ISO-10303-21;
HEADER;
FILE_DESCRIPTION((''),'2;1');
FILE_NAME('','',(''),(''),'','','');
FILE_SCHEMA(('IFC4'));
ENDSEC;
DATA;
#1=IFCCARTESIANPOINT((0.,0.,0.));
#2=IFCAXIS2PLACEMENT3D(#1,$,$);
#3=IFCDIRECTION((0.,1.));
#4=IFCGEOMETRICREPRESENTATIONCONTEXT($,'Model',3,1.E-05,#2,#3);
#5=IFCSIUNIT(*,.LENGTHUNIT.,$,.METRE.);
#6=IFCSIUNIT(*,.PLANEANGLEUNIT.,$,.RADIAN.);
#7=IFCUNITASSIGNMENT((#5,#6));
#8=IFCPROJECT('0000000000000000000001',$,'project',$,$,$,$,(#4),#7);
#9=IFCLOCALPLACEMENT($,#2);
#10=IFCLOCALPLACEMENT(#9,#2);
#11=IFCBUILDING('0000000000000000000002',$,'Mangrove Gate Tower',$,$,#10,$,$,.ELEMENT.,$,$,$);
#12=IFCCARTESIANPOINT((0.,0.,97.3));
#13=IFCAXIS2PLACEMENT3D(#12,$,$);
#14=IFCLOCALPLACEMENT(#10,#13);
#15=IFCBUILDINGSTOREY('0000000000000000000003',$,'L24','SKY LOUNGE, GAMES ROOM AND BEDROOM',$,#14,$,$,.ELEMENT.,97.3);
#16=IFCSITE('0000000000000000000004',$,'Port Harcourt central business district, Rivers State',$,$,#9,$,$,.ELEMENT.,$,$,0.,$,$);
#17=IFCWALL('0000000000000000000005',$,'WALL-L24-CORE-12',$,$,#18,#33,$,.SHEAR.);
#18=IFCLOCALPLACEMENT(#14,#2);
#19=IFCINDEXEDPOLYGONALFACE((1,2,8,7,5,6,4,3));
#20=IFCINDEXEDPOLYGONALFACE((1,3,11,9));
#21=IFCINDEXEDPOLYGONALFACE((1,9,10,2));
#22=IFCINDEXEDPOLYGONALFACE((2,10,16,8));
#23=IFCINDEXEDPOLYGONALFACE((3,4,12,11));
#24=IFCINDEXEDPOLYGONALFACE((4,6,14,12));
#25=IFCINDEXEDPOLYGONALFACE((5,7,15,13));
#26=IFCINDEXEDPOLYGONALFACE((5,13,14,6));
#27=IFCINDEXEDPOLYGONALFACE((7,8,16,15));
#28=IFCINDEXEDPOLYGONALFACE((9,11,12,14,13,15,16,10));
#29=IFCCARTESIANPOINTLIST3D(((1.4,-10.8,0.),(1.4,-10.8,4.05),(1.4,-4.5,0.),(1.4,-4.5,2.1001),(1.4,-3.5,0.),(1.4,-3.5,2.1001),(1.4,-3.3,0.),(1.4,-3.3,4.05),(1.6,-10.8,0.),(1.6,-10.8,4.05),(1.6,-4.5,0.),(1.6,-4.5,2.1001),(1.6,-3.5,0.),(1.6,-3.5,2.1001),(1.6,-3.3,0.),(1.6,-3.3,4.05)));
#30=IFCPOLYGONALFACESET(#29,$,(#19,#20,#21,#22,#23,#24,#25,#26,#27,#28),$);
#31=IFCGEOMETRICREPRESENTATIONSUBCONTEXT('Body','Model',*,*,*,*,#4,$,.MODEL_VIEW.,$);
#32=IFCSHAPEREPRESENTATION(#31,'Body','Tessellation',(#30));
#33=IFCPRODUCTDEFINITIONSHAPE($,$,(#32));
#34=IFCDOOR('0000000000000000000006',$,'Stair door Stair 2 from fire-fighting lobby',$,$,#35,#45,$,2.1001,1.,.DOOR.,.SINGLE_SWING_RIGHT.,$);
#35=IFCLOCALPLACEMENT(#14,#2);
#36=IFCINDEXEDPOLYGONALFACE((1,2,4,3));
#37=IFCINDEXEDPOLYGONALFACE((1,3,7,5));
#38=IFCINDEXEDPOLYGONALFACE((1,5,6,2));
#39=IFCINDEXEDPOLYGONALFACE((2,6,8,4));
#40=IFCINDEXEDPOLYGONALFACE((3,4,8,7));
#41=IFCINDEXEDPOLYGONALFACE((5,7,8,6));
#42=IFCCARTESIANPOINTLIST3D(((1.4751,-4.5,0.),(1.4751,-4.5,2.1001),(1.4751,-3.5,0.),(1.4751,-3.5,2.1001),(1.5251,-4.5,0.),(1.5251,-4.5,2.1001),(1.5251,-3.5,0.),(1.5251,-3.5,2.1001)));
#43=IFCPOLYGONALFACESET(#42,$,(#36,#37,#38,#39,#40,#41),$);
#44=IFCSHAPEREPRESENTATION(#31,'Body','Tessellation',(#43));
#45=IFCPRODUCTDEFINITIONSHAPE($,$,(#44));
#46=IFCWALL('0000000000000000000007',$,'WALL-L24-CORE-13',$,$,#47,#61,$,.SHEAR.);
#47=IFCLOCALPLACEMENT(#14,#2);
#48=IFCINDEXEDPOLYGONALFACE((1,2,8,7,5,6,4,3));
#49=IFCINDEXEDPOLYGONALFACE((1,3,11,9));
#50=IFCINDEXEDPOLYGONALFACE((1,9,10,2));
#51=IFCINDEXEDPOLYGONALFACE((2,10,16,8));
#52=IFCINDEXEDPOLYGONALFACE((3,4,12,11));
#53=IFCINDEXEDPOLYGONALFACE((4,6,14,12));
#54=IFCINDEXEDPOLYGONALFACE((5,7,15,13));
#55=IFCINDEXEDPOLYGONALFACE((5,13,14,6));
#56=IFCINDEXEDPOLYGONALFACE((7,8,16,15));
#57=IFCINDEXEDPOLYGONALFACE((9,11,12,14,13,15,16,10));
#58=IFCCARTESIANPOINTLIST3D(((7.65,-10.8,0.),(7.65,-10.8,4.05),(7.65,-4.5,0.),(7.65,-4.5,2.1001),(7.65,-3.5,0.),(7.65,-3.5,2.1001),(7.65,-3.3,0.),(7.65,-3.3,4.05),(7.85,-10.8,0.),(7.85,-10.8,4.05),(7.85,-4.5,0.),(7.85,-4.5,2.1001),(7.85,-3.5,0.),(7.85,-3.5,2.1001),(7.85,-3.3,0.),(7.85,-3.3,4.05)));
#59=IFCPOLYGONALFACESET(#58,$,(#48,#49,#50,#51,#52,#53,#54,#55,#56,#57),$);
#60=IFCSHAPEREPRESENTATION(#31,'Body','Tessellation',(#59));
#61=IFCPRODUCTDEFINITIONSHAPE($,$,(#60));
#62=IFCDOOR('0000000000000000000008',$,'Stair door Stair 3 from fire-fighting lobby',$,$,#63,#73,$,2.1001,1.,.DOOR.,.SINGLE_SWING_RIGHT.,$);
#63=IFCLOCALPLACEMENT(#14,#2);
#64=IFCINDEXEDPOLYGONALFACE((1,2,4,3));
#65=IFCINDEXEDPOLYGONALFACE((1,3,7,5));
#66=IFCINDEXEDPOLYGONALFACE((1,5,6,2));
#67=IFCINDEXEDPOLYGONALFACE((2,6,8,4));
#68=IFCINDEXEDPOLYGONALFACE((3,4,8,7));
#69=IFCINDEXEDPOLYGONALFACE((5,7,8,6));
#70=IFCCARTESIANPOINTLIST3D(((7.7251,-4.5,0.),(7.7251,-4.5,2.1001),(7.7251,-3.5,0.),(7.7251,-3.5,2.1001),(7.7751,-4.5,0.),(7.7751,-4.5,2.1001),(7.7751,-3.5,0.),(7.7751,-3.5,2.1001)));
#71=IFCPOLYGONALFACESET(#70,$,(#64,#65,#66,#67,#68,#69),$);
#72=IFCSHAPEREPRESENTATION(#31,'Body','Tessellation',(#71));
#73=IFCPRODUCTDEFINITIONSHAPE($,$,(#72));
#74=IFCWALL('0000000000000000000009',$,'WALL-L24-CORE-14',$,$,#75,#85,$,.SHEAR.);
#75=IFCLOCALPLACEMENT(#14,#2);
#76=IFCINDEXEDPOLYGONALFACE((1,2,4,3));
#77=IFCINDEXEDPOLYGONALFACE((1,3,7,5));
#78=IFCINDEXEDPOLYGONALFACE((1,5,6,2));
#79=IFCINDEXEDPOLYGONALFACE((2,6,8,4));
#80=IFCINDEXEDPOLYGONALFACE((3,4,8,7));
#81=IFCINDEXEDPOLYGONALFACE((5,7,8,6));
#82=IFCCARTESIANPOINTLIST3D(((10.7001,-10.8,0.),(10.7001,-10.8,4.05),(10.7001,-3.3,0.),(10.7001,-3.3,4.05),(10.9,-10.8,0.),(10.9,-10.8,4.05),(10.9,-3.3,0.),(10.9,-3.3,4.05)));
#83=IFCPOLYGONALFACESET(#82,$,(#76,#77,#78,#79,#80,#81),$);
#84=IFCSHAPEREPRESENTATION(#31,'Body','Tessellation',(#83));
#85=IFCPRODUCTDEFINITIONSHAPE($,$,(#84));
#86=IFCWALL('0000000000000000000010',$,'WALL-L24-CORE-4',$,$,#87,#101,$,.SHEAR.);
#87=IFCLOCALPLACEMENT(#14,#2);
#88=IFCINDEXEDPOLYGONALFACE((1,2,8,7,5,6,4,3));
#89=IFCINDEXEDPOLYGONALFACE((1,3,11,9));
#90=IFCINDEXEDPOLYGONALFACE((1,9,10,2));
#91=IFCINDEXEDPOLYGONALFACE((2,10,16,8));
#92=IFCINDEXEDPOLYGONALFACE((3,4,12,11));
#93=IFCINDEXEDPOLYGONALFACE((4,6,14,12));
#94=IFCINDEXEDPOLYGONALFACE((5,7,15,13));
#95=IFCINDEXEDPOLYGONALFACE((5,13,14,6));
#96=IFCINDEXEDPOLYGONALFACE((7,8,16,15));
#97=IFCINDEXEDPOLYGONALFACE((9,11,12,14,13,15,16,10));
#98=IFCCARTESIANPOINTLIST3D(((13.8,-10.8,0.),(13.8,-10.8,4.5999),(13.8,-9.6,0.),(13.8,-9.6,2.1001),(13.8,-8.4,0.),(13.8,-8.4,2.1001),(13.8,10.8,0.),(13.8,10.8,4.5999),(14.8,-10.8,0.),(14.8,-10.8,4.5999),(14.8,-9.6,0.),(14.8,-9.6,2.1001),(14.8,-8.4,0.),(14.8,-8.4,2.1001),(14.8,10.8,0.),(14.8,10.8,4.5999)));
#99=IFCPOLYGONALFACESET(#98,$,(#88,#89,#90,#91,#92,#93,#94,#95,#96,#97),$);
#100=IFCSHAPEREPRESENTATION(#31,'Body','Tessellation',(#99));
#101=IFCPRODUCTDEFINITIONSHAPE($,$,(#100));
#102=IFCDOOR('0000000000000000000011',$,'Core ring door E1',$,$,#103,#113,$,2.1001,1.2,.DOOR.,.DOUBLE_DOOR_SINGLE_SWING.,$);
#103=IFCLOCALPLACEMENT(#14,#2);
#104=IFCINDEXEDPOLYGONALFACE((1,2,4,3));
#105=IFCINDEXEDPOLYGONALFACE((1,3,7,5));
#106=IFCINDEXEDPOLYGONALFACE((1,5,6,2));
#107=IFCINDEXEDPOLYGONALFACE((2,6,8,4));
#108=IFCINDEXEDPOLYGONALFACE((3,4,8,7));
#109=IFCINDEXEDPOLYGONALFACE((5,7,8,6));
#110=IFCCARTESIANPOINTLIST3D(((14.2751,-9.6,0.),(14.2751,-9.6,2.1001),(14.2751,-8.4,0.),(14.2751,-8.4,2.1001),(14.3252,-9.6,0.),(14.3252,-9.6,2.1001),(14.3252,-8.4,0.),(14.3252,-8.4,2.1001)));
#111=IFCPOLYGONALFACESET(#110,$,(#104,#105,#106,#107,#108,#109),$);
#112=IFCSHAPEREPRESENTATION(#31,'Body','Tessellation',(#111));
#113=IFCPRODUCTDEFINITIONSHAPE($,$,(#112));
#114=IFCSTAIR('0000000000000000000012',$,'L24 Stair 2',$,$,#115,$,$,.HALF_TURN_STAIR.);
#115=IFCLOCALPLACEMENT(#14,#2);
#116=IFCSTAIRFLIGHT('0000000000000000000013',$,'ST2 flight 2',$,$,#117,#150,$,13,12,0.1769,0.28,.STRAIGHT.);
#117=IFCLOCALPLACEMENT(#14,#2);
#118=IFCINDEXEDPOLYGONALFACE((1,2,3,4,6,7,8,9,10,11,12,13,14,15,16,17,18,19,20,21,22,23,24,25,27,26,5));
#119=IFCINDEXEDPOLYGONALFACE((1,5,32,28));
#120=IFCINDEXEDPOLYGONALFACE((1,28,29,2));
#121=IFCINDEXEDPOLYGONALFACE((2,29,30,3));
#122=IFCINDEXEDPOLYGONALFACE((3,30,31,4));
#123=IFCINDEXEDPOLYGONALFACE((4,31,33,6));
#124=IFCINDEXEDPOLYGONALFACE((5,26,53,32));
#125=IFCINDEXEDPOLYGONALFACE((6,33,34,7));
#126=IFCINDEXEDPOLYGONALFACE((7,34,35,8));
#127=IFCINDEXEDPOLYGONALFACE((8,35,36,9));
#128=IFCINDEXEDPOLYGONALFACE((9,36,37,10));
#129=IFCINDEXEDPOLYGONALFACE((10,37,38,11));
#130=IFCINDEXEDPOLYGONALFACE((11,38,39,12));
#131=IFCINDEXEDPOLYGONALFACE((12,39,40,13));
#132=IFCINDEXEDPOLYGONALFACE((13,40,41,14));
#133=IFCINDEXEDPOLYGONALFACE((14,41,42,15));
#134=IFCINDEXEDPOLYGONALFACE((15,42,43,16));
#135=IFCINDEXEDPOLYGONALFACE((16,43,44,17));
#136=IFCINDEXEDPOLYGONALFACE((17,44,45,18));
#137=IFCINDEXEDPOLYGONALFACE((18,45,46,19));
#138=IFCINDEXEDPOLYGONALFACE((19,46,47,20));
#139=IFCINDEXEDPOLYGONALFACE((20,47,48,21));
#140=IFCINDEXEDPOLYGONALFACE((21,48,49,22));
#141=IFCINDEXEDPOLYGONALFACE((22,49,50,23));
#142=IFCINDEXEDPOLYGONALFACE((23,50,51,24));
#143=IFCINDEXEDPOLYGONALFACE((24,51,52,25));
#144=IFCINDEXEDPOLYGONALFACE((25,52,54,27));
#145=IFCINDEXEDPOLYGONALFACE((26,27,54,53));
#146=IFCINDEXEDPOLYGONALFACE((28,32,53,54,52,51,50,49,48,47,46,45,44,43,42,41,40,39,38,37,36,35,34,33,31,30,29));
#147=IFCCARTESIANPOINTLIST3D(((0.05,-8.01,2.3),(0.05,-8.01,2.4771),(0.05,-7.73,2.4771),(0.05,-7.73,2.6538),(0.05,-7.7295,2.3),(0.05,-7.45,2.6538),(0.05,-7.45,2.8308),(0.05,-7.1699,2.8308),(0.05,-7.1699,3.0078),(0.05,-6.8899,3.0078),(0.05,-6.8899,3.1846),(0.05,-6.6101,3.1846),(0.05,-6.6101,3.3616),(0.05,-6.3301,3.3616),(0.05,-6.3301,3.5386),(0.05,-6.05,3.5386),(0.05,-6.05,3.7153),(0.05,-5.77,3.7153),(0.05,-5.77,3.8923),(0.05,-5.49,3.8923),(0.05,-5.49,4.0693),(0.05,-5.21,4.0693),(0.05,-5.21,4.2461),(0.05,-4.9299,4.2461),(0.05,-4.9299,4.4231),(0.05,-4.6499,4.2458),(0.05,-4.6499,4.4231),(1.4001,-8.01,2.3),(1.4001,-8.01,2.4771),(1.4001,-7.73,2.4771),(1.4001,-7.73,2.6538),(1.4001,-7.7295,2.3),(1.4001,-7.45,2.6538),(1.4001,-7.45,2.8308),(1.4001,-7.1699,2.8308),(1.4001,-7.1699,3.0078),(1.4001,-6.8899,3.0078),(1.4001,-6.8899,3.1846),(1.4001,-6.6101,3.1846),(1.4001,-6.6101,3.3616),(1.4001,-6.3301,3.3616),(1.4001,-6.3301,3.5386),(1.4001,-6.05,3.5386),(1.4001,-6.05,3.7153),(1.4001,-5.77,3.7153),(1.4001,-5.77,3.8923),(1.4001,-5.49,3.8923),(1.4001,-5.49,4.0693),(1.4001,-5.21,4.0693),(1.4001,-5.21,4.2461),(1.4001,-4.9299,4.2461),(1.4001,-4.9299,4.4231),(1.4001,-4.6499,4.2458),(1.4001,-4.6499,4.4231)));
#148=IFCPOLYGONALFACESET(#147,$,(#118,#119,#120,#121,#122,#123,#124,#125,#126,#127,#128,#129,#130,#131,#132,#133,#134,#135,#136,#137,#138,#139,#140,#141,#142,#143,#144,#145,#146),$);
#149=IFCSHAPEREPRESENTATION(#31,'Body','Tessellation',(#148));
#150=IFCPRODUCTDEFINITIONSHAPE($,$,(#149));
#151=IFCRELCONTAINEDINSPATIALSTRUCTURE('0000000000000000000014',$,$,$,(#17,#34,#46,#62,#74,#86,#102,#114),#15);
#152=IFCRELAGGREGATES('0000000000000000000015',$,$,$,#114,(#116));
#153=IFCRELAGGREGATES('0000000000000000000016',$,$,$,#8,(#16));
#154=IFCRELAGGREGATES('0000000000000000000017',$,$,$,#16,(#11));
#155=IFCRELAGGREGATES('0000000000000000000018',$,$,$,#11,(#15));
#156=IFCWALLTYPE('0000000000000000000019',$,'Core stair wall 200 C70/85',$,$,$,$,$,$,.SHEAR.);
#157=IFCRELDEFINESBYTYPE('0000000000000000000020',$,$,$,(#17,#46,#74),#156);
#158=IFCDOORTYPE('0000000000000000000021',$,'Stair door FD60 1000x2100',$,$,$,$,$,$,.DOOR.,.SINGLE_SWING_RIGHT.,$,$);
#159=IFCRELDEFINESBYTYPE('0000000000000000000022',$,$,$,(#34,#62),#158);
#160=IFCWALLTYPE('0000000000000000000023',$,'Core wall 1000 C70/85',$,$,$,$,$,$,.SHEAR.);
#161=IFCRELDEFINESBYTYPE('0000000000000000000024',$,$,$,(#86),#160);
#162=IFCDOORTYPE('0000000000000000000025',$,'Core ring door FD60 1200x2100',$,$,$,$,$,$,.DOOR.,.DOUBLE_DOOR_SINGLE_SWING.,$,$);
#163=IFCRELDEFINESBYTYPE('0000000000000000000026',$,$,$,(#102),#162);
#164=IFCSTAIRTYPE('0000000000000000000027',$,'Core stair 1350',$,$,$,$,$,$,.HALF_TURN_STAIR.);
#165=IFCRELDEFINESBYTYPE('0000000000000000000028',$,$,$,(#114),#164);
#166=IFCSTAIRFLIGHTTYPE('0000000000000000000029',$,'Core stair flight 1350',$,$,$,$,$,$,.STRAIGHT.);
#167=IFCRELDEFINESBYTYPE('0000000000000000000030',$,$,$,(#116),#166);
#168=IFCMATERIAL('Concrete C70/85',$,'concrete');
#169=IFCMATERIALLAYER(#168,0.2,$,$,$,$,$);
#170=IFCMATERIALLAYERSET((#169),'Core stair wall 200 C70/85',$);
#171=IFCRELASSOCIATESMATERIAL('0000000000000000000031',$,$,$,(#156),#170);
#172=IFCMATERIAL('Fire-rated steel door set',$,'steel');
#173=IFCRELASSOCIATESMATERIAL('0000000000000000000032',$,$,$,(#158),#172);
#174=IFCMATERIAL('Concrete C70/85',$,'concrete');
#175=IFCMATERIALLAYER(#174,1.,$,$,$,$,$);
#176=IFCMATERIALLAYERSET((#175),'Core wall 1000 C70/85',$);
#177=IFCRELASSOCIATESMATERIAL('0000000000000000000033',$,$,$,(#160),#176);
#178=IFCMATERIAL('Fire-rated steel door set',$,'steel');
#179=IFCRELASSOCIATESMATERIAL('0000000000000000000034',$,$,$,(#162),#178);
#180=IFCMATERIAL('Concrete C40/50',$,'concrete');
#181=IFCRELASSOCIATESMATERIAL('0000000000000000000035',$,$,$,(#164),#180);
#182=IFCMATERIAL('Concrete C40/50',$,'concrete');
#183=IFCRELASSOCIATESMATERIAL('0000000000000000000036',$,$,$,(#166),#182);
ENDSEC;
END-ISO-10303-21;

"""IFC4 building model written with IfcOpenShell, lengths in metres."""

from ifc_helpers import new_model, si_unit, direction, frame, frame_2d, origin, place, context, subcontext, project, spatial, polyline, rectangle, outline, extrude, material, layer, layer_set, type_object, element, fill, aggregate, save


model = new_model("IFC4")

# Units and contexts
model_context = context("Model", 3, precision=1e-05, world=origin(), true_north=direction((0.0, 1.0)))
body_context = subcontext(model_context, "Body", "Model", "MODEL_VIEW")
ifc_project = project(units=[si_unit("LENGTHUNIT", "METRE"), si_unit("PLANEANGLEUNIT", "RADIAN")], contexts=[model_context])

# Site, building, storey
site_placement = place(None, origin())
site = spatial("IfcSite", under=ifc_project, at=site_placement, Name="Port Harcourt central business district, Rivers State", CompositionType="ELEMENT", RefElevation=0.0)
building_placement = place(site_placement, origin())
building = spatial("IfcBuilding", under=site, at=building_placement, Name="Mangrove Gate Tower", CompositionType="ELEMENT")
storey_placement = place(building_placement, frame((0.0, 0.0, 97.3)))
storey = spatial("IfcBuildingStorey", under=building, at=storey_placement, Name="L24", Description="SKY LOUNGE, GAMES ROOM AND BEDROOM", CompositionType="ELEMENT", Elevation=97.3)

# Walls, openings, doors
ifc_material_1 = material(Name="Concrete C70/85", Category="concrete")
ifc_layer_1 = layer(ifc_material_1, 0.2)
ifc_layer_set_1 = layer_set([ifc_layer_1], Name="Core stair wall 200 C70/85")
wall_type_1 = type_object("IfcWallType", Name="Core stair wall 200 C70/85", PredefinedType="SHEAR", material=ifc_layer_set_1)
wall_1_placement = place(storey_placement, frame((1.5, -10.8, 0.0), z_axis=(0.0, 0.0, 1.0), x_axis=(0.0, 1.0, 0.0)))
wall_1 = element("IfcWall", 1, at=wall_1_placement, inside=storey, type_object=wall_type_1, Name="WALL-L24-CORE-12", PredefinedType="SHEAR", context=body_context, shape_type="SweptSolid", body=[
    extrude(rectangle(XDim=7.5, YDim=0.2, at=frame_2d((3.75, 0.0))), origin(), (0.0, 0.0, 1.0), 4.05),
])
opening_1_placement = place(wall_1_placement, frame((6.3, 0.0, 0.0)))
opening_1 = element("IfcOpeningElement", 2, at=opening_1_placement, cuts=wall_1, PredefinedType="OPENING", context=body_context, shape_type="SweptSolid", body=[
    extrude(rectangle(XDim=1.0, YDim=2.1001, at=frame_2d((0.5, 1.05))), frame((0.0, 0.1099, 0.0), z_axis=(0.0, -1.0, 0.0), x_axis=(1.0, 0.0, 0.0)), (0.0, 0.0, 1.0), 0.22),
])
ifc_material_2 = material(Name="Fire-rated steel door set", Category="steel")
door_type_1 = type_object("IfcDoorType", Name="Stair door FD60 1000x2100", OperationType="SINGLE_SWING_RIGHT", PredefinedType="DOOR", material=ifc_material_2)
door_1_placement = place(opening_1_placement, origin())
door_1 = element("IfcDoor", 3, at=door_1_placement, inside=storey, type_object=door_type_1, Name="Stair door Stair 2 from fire-fighting lobby", OperationType="SINGLE_SWING_RIGHT", OverallHeight=2.1001, OverallWidth=1.0, PredefinedType="DOOR", context=body_context, shape_type="SweptSolid", body=[
    extrude(rectangle(XDim=1.0, YDim=2.1001, at=frame_2d((0.5, 1.05))), frame((0.0, 0.0249, 0.0), z_axis=(0.0, -1.0, 0.0), x_axis=(1.0, 0.0, 0.0)), (0.0, 0.0, 1.0), 0.05),
])
fill(opening_1, door_1)
wall_2_placement = place(storey_placement, frame((7.75, -10.8, 0.0), z_axis=(0.0, 0.0, 1.0), x_axis=(0.0, 1.0, 0.0)))
wall_2 = element("IfcWall", 4, at=wall_2_placement, inside=storey, type_object=wall_type_1, Name="WALL-L24-CORE-13", PredefinedType="SHEAR", context=body_context, shape_type="SweptSolid", body=[
    extrude(rectangle(XDim=7.5, YDim=0.2, at=frame_2d((3.75, 0.0))), origin(), (0.0, 0.0, 1.0), 4.05),
])
opening_2_placement = place(wall_2_placement, frame((6.3, 0.0, 0.0)))
opening_2 = element("IfcOpeningElement", 5, at=opening_2_placement, cuts=wall_2, PredefinedType="OPENING", context=body_context, shape_type="SweptSolid", body=[
    extrude(rectangle(XDim=1.0, YDim=2.1001, at=frame_2d((0.5, 1.05))), frame((0.0, 0.1099, 0.0), z_axis=(0.0, -1.0, 0.0), x_axis=(1.0, 0.0, 0.0)), (0.0, 0.0, 1.0), 0.22),
])
door_2_placement = place(opening_2_placement, origin())
door_2 = element("IfcDoor", 6, at=door_2_placement, inside=storey, type_object=door_type_1, Name="Stair door Stair 3 from fire-fighting lobby", OperationType="SINGLE_SWING_RIGHT", OverallHeight=2.1001, OverallWidth=1.0, PredefinedType="DOOR", context=body_context, shape_type="SweptSolid", body=[
    extrude(rectangle(XDim=1.0, YDim=2.1001, at=frame_2d((0.5, 1.05))), frame((0.0, 0.0249, 0.0), z_axis=(0.0, -1.0, 0.0), x_axis=(1.0, 0.0, 0.0)), (0.0, 0.0, 1.0), 0.05),
])
fill(opening_2, door_2)

# Wall
wall_3_placement = place(storey_placement, frame((10.8, -10.8, 0.0), z_axis=(0.0, 0.0, 1.0), x_axis=(0.0, 1.0, 0.0)))
element("IfcWall", 7, at=wall_3_placement, inside=storey, type_object=wall_type_1, Name="WALL-L24-CORE-14", PredefinedType="SHEAR", context=body_context, shape_type="SweptSolid", body=[
    extrude(rectangle(XDim=7.5, YDim=0.2, at=frame_2d((3.75, 0.0))), origin(), (0.0, 0.0, 1.0), 4.05),
])

# Wall, opening, door
ifc_material_3 = material(Name="Concrete C70/85", Category="concrete")
ifc_layer_2 = layer(ifc_material_3, 1.0)
ifc_layer_set_2 = layer_set([ifc_layer_2], Name="Core wall 1000 C70/85")
wall_type_2 = type_object("IfcWallType", Name="Core wall 1000 C70/85", PredefinedType="SHEAR", material=ifc_layer_set_2)
wall_4_placement = place(storey_placement, frame((14.3, -10.8, 0.0), z_axis=(0.0, 0.0, 1.0), x_axis=(0.0, 1.0, 0.0)))
wall_4 = element("IfcWall", 8, at=wall_4_placement, inside=storey, type_object=wall_type_2, Name="WALL-L24-CORE-4", PredefinedType="SHEAR", context=body_context, shape_type="SweptSolid", body=[
    extrude(rectangle(XDim=21.6001, YDim=1.0, at=frame_2d((10.8, 0.0))), origin(), (0.0, 0.0, 1.0), 4.5999),
])
opening_3_placement = place(wall_4_placement, frame((1.2, 0.0, 0.0)))
opening_3 = element("IfcOpeningElement", 9, at=opening_3_placement, cuts=wall_4, PredefinedType="OPENING", context=body_context, shape_type="SweptSolid", body=[
    extrude(rectangle(XDim=1.2, YDim=2.1001, at=frame_2d((0.6001, 1.05))), frame((0.0, 0.51, 0.0), z_axis=(0.0, -1.0, 0.0), x_axis=(1.0, 0.0, 0.0)), (0.0, 0.0, 1.0), 1.02),
])
ifc_material_4 = material(Name="Fire-rated steel door set", Category="steel")
door_type_2 = type_object("IfcDoorType", Name="Core ring door FD60 1200x2100", OperationType="DOUBLE_DOOR_SINGLE_SWING", PredefinedType="DOOR", material=ifc_material_4)
door_3_placement = place(opening_3_placement, origin())
door_3 = element("IfcDoor", 10, at=door_3_placement, inside=storey, type_object=door_type_2, Name="Core ring door E1", OperationType="DOUBLE_DOOR_SINGLE_SWING", OverallHeight=2.1001, OverallWidth=1.2, PredefinedType="DOOR", context=body_context, shape_type="SweptSolid", body=[
    extrude(rectangle(XDim=1.2, YDim=2.1001, at=frame_2d((0.6001, 1.05))), frame((0.0, 0.0249, 0.0), z_axis=(0.0, -1.0, 0.0), x_axis=(1.0, 0.0, 0.0)), (0.0, 0.0, 1.0), 0.05),
])
fill(opening_3, door_3)

# Stair, stair flight
ifc_material_5 = material(Name="Concrete C40/50", Category="concrete")
stair_type = type_object("IfcStairType", Name="Core stair 1350", PredefinedType="HALF_TURN_STAIR", material=ifc_material_5)
stair_1_placement = place(storey_placement, origin())
stair_1 = element("IfcStair", 11, at=stair_1_placement, inside=storey, type_object=stair_type, Name="L24 Stair 2", PredefinedType="HALF_TURN_STAIR")
ifc_material_6 = material(Name="Concrete C40/50", Category="concrete")
stair_flight_type = type_object("IfcStairFlightType", Name="Core stair flight 1350", PredefinedType="STRAIGHT", material=ifc_material_6)
stair_flight_1_placement = place(storey_placement, frame((0.7251, -8.01, 2.3), z_axis=(0.0, 0.0, 1.0), x_axis=(0.0, 1.0, 0.0)))
stair_flight_1 = element("IfcStairFlight", 12, at=stair_flight_1_placement, type_object=stair_flight_type, Name="ST2 flight 2", NumberOfRisers=13, NumberOfTreads=12, PredefinedType="STRAIGHT", RiserHeight=0.1769, TreadLength=0.28, context=body_context, shape_type="SweptSolid", body=[
    extrude(outline(polyline([(0.0, 0.0), (0.0, 0.177), (0.28, 0.177), (0.28, 0.3538), (0.5601, 0.3538), (0.5601, 0.5308), (0.8401, 0.5308), (0.8401, 0.7078), (1.1201, 0.7078), (1.1201, 0.8845), (1.3999, 0.8845), (1.3999, 1.0615), (1.6799, 1.0615), (1.6799, 1.2385), (1.96, 1.2385), (1.96, 1.4153), (2.24, 1.4153), (2.24, 1.5923), (2.52, 1.5923), (2.52, 1.7693), (2.8, 1.7693), (2.8, 1.946), (3.0801, 1.946), (3.0801, 2.123), (3.3601, 2.123), (3.3601, 2.3), (3.3601, 1.9458), (0.2805, 0.0), (0.0, 0.0)])), frame((0.0, 0.675, 0.0), z_axis=(0.0, -1.0, 0.0), x_axis=(1.0, 0.0, 0.0)), (0.0, 0.0, 1.0), 1.3501),
])
aggregate(stair_1, [stair_flight_1])

save(model, "model.ifc")
